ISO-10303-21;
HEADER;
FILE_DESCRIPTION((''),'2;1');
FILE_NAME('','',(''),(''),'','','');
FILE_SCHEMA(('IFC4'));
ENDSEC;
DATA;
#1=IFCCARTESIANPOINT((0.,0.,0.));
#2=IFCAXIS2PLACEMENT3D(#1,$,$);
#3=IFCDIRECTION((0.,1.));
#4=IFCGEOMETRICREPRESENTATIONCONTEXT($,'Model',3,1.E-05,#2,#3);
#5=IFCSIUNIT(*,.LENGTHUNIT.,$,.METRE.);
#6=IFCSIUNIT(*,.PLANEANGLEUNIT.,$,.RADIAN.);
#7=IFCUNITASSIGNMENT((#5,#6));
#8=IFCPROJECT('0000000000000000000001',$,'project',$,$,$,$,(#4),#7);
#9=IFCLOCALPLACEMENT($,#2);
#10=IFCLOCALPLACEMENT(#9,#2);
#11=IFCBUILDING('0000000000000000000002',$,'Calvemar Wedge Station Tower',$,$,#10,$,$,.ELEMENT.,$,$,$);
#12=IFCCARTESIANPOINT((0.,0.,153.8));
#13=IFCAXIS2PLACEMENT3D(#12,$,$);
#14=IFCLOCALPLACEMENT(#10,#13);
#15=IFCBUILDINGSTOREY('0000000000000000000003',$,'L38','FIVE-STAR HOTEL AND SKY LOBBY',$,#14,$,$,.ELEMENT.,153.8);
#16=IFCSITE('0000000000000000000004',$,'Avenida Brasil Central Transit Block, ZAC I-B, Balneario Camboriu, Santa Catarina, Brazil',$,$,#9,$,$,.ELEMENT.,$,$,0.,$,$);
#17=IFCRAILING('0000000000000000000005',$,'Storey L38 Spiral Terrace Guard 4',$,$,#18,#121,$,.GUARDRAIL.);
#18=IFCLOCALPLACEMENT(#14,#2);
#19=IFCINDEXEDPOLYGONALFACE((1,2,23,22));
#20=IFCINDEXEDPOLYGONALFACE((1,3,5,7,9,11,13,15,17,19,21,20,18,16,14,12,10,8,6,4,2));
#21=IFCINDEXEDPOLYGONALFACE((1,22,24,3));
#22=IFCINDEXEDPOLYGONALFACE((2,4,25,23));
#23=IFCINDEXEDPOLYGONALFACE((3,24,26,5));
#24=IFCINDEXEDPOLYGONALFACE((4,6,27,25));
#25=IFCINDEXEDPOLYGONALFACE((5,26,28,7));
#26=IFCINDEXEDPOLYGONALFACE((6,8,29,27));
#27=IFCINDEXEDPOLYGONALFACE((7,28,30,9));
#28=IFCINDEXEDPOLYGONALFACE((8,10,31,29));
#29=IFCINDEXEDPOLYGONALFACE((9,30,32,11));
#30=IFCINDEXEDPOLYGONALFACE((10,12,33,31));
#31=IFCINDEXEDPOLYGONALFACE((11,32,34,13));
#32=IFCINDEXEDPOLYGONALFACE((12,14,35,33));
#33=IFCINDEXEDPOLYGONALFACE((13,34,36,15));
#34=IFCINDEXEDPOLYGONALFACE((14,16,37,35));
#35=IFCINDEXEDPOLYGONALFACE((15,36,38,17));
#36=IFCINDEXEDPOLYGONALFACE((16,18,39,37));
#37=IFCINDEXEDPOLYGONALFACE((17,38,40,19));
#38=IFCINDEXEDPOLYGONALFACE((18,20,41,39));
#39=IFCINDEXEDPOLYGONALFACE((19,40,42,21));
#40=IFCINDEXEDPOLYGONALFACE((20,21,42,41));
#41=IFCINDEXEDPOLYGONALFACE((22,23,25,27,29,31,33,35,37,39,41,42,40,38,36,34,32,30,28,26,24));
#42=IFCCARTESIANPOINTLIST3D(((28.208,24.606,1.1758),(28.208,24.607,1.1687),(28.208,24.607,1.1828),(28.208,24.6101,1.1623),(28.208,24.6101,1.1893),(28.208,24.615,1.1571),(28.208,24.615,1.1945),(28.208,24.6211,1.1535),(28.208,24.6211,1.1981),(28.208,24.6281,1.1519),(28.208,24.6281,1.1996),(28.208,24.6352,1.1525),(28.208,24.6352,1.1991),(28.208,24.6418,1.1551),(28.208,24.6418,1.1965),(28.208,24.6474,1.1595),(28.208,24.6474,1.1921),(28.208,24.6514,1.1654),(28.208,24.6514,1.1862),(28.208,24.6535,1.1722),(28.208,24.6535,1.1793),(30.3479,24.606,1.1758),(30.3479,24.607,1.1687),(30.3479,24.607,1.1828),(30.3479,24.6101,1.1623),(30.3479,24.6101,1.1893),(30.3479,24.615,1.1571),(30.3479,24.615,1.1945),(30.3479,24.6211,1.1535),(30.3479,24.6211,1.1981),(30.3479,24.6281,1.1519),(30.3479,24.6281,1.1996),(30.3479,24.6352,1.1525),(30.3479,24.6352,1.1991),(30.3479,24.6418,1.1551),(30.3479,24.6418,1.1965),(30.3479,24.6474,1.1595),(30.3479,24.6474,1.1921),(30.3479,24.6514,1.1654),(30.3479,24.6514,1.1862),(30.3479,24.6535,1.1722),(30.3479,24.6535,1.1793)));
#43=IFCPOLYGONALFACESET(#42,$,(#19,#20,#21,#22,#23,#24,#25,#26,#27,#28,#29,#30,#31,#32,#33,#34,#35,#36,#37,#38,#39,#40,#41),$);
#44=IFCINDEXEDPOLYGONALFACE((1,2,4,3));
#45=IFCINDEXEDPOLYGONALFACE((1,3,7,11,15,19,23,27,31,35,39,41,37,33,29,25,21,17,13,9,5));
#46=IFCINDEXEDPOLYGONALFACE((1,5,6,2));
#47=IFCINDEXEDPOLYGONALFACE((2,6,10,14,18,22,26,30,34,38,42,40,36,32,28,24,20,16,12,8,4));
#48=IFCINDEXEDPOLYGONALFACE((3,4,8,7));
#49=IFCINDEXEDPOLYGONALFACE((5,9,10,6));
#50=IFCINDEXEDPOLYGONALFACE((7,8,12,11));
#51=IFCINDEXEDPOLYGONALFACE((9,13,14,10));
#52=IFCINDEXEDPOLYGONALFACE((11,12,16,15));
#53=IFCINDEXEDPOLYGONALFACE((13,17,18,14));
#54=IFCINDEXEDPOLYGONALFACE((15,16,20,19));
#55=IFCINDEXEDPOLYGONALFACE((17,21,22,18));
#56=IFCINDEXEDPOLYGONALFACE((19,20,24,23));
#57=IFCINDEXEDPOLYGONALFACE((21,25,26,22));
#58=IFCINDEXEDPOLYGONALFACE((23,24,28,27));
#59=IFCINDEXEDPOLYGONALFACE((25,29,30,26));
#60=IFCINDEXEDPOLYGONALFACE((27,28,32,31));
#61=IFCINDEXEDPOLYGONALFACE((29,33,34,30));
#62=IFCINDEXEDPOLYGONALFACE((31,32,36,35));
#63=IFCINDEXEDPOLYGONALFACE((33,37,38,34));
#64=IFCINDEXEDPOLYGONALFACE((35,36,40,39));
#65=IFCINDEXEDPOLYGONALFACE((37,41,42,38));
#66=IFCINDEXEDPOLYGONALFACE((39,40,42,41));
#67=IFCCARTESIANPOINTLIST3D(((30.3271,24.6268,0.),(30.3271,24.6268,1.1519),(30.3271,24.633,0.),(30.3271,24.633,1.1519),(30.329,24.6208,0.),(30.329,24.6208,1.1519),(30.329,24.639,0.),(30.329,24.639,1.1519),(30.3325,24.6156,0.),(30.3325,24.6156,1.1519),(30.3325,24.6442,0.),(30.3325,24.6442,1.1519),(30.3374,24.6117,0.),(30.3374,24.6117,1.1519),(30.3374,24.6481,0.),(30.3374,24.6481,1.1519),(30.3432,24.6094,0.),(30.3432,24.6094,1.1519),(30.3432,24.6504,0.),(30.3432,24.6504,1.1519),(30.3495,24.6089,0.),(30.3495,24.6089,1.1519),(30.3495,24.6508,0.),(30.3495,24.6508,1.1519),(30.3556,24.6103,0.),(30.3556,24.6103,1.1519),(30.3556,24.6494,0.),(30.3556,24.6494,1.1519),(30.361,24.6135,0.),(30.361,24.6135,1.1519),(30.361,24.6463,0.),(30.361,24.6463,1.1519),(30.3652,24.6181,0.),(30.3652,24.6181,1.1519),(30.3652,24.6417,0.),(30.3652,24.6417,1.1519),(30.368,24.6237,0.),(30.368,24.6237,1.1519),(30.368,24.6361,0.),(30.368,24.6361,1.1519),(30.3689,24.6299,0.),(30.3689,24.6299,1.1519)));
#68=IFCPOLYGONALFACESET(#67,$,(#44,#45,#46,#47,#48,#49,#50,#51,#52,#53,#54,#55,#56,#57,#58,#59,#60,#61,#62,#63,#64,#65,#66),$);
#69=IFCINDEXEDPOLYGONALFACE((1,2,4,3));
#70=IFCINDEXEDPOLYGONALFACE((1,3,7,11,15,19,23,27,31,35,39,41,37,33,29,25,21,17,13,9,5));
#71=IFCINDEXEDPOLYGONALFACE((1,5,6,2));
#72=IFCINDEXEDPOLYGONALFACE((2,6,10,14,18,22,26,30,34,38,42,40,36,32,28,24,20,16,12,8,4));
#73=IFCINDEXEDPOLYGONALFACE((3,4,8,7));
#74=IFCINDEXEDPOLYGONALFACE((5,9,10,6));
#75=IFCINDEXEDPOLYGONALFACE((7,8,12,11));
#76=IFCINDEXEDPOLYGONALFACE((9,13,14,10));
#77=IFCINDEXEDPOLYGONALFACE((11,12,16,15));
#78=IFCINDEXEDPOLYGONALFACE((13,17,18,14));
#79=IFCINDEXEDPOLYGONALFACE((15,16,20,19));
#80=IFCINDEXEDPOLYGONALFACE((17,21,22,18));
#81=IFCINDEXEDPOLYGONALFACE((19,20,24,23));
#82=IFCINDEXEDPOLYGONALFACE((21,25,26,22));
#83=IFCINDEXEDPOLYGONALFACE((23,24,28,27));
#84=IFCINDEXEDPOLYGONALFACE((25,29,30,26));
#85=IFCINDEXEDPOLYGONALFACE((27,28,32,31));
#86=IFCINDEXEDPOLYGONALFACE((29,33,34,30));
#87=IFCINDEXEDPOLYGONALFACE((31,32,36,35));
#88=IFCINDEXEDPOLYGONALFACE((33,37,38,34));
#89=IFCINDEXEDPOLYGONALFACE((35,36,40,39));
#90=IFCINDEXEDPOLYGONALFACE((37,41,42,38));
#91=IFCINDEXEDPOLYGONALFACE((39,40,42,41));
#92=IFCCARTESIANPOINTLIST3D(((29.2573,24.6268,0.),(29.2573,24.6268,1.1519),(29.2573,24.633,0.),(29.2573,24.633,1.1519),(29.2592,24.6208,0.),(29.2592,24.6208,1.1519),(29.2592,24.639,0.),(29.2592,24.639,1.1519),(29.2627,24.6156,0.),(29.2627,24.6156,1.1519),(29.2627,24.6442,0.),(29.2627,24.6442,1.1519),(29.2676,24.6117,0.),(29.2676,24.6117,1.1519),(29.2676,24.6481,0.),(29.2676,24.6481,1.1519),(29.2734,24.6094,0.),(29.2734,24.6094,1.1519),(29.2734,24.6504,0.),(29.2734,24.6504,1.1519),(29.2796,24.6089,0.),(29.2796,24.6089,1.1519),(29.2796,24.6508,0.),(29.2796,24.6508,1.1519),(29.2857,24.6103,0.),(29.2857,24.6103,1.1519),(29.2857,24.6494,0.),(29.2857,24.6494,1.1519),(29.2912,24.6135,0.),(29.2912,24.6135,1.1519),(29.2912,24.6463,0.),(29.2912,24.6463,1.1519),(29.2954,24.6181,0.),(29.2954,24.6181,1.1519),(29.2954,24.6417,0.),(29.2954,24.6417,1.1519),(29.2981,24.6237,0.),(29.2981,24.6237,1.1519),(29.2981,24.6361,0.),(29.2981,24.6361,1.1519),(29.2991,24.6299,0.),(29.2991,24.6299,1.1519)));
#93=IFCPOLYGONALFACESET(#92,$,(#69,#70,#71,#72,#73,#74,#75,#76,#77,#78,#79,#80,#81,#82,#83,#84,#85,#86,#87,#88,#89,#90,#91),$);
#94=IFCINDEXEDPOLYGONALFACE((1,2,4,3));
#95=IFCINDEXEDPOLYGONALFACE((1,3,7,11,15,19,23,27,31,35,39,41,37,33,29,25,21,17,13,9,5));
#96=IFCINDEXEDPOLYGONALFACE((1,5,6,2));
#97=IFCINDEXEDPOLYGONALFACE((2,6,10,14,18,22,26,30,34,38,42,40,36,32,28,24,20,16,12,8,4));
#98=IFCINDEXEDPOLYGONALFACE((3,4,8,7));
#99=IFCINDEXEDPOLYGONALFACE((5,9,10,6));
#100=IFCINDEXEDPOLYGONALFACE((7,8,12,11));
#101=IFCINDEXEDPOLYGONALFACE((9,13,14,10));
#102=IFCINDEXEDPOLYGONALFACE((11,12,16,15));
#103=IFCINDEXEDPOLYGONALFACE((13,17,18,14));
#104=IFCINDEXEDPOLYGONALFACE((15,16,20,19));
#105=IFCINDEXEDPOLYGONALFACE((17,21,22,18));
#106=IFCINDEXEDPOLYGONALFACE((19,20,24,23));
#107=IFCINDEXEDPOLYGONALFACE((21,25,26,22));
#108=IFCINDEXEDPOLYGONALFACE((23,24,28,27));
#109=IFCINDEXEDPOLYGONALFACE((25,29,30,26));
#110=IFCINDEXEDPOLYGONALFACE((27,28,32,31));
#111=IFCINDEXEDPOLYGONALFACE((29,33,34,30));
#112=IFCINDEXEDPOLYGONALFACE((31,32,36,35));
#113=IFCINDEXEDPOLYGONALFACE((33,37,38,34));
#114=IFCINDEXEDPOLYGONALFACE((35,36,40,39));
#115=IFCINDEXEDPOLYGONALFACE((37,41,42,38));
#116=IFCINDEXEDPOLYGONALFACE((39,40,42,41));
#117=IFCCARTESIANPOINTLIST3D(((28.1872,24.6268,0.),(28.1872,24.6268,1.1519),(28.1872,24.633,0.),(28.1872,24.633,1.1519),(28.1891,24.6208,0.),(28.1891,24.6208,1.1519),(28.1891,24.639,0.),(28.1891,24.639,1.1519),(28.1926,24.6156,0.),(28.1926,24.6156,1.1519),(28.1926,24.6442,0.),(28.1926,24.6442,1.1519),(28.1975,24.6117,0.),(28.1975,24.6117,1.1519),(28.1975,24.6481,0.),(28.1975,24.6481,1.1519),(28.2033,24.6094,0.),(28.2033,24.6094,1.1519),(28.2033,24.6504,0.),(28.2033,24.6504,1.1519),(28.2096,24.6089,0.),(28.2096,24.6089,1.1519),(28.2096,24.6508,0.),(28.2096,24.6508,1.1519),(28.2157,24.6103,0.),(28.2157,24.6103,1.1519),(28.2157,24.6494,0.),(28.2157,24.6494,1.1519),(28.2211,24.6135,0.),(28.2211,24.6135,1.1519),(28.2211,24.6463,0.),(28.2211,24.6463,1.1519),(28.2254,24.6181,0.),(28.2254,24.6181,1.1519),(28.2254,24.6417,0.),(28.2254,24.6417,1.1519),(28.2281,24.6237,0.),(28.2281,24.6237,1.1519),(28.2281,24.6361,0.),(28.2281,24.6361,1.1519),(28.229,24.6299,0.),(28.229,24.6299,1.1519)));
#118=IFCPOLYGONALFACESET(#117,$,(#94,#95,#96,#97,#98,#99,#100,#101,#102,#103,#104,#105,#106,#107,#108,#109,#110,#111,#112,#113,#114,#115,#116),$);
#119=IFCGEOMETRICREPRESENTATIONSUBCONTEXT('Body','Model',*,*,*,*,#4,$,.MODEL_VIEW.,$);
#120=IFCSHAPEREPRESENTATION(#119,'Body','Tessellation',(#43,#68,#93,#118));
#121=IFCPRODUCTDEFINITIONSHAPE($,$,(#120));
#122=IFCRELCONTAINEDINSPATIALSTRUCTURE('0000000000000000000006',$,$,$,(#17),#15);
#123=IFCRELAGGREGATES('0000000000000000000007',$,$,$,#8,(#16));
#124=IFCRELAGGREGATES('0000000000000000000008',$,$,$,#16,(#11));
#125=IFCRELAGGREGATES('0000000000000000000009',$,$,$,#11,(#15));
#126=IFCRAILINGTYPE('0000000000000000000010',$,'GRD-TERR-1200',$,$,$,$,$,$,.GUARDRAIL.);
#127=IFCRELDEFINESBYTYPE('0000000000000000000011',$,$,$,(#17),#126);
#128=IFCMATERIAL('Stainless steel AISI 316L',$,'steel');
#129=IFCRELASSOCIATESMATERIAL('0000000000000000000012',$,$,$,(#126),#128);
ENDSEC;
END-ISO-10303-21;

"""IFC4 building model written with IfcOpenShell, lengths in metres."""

from ifc_helpers import new_model, si_unit, direction, frame, origin, origin_2d, place, context, subcontext, project, spatial, circle, extrude, material, type_object, element, save


model = new_model("IFC4")

# Units and contexts
model_context = context("Model", 3, precision=1e-05, world=origin(), true_north=direction((0.0, 1.0)))
body_context = subcontext(model_context, "Body", "Model", "MODEL_VIEW")
ifc_project = project(units=[si_unit("LENGTHUNIT", "METRE"), si_unit("PLANEANGLEUNIT", "RADIAN")], contexts=[model_context])

# Site, building, storey
site_placement = place(None, origin())
site = spatial("IfcSite", under=ifc_project, at=site_placement, Name="Avenida Brasil Central Transit Block, ZAC I-B, Balneario Camboriu, Santa Catarina, Brazil", CompositionType="ELEMENT", RefElevation=0.0)
building_placement = place(site_placement, origin())
building = spatial("IfcBuilding", under=site, at=building_placement, Name="Calvemar Wedge Station Tower", CompositionType="ELEMENT")
storey_placement = place(building_placement, frame((0.0, 0.0, 153.8)))
storey = spatial("IfcBuildingStorey", under=building, at=storey_placement, Name="L38", Description="FIVE-STAR HOTEL AND SKY LOBBY", CompositionType="ELEMENT", Elevation=153.8)

# Railing
ifc_material_1 = material(Name="Stainless steel AISI 316L", Category="steel")
railing_type_1 = type_object("IfcRailingType", Name="GRD-TERR-1200", PredefinedType="GUARDRAIL", material=ifc_material_1)
railing_1_placement = place(storey_placement, frame((30.3479, 24.6299, 0.0)))
element("IfcRailing", 1, at=railing_1_placement, inside=storey, type_object=railing_type_1, Name="Storey L38 Spiral Terrace Guard 4", PredefinedType="GUARDRAIL", context=body_context, shape_type="SweptSolid", body=[
    extrude(circle(Radius=0.0239, at=origin_2d()), frame((0.0, 0.0, 1.1758), z_axis=(-1.0, 0.0, 0.0), x_axis=(0.0, -1.0, 0.0)), (0.0, 0.0, 1.0), 2.1399),
    extrude(circle(Radius=0.021, at=origin_2d()), origin(), (0.0, 0.0, 1.0), 1.1519),
    extrude(circle(Radius=0.021, at=origin_2d()), frame((-1.0698, 0.0, 0.0)), (0.0, 0.0, 1.0), 1.1519),
    extrude(circle(Radius=0.021, at=origin_2d()), frame((-2.1399, 0.0, 0.0)), (0.0, 0.0, 1.0), 1.1519),
])

save(model, "model.ifc")
